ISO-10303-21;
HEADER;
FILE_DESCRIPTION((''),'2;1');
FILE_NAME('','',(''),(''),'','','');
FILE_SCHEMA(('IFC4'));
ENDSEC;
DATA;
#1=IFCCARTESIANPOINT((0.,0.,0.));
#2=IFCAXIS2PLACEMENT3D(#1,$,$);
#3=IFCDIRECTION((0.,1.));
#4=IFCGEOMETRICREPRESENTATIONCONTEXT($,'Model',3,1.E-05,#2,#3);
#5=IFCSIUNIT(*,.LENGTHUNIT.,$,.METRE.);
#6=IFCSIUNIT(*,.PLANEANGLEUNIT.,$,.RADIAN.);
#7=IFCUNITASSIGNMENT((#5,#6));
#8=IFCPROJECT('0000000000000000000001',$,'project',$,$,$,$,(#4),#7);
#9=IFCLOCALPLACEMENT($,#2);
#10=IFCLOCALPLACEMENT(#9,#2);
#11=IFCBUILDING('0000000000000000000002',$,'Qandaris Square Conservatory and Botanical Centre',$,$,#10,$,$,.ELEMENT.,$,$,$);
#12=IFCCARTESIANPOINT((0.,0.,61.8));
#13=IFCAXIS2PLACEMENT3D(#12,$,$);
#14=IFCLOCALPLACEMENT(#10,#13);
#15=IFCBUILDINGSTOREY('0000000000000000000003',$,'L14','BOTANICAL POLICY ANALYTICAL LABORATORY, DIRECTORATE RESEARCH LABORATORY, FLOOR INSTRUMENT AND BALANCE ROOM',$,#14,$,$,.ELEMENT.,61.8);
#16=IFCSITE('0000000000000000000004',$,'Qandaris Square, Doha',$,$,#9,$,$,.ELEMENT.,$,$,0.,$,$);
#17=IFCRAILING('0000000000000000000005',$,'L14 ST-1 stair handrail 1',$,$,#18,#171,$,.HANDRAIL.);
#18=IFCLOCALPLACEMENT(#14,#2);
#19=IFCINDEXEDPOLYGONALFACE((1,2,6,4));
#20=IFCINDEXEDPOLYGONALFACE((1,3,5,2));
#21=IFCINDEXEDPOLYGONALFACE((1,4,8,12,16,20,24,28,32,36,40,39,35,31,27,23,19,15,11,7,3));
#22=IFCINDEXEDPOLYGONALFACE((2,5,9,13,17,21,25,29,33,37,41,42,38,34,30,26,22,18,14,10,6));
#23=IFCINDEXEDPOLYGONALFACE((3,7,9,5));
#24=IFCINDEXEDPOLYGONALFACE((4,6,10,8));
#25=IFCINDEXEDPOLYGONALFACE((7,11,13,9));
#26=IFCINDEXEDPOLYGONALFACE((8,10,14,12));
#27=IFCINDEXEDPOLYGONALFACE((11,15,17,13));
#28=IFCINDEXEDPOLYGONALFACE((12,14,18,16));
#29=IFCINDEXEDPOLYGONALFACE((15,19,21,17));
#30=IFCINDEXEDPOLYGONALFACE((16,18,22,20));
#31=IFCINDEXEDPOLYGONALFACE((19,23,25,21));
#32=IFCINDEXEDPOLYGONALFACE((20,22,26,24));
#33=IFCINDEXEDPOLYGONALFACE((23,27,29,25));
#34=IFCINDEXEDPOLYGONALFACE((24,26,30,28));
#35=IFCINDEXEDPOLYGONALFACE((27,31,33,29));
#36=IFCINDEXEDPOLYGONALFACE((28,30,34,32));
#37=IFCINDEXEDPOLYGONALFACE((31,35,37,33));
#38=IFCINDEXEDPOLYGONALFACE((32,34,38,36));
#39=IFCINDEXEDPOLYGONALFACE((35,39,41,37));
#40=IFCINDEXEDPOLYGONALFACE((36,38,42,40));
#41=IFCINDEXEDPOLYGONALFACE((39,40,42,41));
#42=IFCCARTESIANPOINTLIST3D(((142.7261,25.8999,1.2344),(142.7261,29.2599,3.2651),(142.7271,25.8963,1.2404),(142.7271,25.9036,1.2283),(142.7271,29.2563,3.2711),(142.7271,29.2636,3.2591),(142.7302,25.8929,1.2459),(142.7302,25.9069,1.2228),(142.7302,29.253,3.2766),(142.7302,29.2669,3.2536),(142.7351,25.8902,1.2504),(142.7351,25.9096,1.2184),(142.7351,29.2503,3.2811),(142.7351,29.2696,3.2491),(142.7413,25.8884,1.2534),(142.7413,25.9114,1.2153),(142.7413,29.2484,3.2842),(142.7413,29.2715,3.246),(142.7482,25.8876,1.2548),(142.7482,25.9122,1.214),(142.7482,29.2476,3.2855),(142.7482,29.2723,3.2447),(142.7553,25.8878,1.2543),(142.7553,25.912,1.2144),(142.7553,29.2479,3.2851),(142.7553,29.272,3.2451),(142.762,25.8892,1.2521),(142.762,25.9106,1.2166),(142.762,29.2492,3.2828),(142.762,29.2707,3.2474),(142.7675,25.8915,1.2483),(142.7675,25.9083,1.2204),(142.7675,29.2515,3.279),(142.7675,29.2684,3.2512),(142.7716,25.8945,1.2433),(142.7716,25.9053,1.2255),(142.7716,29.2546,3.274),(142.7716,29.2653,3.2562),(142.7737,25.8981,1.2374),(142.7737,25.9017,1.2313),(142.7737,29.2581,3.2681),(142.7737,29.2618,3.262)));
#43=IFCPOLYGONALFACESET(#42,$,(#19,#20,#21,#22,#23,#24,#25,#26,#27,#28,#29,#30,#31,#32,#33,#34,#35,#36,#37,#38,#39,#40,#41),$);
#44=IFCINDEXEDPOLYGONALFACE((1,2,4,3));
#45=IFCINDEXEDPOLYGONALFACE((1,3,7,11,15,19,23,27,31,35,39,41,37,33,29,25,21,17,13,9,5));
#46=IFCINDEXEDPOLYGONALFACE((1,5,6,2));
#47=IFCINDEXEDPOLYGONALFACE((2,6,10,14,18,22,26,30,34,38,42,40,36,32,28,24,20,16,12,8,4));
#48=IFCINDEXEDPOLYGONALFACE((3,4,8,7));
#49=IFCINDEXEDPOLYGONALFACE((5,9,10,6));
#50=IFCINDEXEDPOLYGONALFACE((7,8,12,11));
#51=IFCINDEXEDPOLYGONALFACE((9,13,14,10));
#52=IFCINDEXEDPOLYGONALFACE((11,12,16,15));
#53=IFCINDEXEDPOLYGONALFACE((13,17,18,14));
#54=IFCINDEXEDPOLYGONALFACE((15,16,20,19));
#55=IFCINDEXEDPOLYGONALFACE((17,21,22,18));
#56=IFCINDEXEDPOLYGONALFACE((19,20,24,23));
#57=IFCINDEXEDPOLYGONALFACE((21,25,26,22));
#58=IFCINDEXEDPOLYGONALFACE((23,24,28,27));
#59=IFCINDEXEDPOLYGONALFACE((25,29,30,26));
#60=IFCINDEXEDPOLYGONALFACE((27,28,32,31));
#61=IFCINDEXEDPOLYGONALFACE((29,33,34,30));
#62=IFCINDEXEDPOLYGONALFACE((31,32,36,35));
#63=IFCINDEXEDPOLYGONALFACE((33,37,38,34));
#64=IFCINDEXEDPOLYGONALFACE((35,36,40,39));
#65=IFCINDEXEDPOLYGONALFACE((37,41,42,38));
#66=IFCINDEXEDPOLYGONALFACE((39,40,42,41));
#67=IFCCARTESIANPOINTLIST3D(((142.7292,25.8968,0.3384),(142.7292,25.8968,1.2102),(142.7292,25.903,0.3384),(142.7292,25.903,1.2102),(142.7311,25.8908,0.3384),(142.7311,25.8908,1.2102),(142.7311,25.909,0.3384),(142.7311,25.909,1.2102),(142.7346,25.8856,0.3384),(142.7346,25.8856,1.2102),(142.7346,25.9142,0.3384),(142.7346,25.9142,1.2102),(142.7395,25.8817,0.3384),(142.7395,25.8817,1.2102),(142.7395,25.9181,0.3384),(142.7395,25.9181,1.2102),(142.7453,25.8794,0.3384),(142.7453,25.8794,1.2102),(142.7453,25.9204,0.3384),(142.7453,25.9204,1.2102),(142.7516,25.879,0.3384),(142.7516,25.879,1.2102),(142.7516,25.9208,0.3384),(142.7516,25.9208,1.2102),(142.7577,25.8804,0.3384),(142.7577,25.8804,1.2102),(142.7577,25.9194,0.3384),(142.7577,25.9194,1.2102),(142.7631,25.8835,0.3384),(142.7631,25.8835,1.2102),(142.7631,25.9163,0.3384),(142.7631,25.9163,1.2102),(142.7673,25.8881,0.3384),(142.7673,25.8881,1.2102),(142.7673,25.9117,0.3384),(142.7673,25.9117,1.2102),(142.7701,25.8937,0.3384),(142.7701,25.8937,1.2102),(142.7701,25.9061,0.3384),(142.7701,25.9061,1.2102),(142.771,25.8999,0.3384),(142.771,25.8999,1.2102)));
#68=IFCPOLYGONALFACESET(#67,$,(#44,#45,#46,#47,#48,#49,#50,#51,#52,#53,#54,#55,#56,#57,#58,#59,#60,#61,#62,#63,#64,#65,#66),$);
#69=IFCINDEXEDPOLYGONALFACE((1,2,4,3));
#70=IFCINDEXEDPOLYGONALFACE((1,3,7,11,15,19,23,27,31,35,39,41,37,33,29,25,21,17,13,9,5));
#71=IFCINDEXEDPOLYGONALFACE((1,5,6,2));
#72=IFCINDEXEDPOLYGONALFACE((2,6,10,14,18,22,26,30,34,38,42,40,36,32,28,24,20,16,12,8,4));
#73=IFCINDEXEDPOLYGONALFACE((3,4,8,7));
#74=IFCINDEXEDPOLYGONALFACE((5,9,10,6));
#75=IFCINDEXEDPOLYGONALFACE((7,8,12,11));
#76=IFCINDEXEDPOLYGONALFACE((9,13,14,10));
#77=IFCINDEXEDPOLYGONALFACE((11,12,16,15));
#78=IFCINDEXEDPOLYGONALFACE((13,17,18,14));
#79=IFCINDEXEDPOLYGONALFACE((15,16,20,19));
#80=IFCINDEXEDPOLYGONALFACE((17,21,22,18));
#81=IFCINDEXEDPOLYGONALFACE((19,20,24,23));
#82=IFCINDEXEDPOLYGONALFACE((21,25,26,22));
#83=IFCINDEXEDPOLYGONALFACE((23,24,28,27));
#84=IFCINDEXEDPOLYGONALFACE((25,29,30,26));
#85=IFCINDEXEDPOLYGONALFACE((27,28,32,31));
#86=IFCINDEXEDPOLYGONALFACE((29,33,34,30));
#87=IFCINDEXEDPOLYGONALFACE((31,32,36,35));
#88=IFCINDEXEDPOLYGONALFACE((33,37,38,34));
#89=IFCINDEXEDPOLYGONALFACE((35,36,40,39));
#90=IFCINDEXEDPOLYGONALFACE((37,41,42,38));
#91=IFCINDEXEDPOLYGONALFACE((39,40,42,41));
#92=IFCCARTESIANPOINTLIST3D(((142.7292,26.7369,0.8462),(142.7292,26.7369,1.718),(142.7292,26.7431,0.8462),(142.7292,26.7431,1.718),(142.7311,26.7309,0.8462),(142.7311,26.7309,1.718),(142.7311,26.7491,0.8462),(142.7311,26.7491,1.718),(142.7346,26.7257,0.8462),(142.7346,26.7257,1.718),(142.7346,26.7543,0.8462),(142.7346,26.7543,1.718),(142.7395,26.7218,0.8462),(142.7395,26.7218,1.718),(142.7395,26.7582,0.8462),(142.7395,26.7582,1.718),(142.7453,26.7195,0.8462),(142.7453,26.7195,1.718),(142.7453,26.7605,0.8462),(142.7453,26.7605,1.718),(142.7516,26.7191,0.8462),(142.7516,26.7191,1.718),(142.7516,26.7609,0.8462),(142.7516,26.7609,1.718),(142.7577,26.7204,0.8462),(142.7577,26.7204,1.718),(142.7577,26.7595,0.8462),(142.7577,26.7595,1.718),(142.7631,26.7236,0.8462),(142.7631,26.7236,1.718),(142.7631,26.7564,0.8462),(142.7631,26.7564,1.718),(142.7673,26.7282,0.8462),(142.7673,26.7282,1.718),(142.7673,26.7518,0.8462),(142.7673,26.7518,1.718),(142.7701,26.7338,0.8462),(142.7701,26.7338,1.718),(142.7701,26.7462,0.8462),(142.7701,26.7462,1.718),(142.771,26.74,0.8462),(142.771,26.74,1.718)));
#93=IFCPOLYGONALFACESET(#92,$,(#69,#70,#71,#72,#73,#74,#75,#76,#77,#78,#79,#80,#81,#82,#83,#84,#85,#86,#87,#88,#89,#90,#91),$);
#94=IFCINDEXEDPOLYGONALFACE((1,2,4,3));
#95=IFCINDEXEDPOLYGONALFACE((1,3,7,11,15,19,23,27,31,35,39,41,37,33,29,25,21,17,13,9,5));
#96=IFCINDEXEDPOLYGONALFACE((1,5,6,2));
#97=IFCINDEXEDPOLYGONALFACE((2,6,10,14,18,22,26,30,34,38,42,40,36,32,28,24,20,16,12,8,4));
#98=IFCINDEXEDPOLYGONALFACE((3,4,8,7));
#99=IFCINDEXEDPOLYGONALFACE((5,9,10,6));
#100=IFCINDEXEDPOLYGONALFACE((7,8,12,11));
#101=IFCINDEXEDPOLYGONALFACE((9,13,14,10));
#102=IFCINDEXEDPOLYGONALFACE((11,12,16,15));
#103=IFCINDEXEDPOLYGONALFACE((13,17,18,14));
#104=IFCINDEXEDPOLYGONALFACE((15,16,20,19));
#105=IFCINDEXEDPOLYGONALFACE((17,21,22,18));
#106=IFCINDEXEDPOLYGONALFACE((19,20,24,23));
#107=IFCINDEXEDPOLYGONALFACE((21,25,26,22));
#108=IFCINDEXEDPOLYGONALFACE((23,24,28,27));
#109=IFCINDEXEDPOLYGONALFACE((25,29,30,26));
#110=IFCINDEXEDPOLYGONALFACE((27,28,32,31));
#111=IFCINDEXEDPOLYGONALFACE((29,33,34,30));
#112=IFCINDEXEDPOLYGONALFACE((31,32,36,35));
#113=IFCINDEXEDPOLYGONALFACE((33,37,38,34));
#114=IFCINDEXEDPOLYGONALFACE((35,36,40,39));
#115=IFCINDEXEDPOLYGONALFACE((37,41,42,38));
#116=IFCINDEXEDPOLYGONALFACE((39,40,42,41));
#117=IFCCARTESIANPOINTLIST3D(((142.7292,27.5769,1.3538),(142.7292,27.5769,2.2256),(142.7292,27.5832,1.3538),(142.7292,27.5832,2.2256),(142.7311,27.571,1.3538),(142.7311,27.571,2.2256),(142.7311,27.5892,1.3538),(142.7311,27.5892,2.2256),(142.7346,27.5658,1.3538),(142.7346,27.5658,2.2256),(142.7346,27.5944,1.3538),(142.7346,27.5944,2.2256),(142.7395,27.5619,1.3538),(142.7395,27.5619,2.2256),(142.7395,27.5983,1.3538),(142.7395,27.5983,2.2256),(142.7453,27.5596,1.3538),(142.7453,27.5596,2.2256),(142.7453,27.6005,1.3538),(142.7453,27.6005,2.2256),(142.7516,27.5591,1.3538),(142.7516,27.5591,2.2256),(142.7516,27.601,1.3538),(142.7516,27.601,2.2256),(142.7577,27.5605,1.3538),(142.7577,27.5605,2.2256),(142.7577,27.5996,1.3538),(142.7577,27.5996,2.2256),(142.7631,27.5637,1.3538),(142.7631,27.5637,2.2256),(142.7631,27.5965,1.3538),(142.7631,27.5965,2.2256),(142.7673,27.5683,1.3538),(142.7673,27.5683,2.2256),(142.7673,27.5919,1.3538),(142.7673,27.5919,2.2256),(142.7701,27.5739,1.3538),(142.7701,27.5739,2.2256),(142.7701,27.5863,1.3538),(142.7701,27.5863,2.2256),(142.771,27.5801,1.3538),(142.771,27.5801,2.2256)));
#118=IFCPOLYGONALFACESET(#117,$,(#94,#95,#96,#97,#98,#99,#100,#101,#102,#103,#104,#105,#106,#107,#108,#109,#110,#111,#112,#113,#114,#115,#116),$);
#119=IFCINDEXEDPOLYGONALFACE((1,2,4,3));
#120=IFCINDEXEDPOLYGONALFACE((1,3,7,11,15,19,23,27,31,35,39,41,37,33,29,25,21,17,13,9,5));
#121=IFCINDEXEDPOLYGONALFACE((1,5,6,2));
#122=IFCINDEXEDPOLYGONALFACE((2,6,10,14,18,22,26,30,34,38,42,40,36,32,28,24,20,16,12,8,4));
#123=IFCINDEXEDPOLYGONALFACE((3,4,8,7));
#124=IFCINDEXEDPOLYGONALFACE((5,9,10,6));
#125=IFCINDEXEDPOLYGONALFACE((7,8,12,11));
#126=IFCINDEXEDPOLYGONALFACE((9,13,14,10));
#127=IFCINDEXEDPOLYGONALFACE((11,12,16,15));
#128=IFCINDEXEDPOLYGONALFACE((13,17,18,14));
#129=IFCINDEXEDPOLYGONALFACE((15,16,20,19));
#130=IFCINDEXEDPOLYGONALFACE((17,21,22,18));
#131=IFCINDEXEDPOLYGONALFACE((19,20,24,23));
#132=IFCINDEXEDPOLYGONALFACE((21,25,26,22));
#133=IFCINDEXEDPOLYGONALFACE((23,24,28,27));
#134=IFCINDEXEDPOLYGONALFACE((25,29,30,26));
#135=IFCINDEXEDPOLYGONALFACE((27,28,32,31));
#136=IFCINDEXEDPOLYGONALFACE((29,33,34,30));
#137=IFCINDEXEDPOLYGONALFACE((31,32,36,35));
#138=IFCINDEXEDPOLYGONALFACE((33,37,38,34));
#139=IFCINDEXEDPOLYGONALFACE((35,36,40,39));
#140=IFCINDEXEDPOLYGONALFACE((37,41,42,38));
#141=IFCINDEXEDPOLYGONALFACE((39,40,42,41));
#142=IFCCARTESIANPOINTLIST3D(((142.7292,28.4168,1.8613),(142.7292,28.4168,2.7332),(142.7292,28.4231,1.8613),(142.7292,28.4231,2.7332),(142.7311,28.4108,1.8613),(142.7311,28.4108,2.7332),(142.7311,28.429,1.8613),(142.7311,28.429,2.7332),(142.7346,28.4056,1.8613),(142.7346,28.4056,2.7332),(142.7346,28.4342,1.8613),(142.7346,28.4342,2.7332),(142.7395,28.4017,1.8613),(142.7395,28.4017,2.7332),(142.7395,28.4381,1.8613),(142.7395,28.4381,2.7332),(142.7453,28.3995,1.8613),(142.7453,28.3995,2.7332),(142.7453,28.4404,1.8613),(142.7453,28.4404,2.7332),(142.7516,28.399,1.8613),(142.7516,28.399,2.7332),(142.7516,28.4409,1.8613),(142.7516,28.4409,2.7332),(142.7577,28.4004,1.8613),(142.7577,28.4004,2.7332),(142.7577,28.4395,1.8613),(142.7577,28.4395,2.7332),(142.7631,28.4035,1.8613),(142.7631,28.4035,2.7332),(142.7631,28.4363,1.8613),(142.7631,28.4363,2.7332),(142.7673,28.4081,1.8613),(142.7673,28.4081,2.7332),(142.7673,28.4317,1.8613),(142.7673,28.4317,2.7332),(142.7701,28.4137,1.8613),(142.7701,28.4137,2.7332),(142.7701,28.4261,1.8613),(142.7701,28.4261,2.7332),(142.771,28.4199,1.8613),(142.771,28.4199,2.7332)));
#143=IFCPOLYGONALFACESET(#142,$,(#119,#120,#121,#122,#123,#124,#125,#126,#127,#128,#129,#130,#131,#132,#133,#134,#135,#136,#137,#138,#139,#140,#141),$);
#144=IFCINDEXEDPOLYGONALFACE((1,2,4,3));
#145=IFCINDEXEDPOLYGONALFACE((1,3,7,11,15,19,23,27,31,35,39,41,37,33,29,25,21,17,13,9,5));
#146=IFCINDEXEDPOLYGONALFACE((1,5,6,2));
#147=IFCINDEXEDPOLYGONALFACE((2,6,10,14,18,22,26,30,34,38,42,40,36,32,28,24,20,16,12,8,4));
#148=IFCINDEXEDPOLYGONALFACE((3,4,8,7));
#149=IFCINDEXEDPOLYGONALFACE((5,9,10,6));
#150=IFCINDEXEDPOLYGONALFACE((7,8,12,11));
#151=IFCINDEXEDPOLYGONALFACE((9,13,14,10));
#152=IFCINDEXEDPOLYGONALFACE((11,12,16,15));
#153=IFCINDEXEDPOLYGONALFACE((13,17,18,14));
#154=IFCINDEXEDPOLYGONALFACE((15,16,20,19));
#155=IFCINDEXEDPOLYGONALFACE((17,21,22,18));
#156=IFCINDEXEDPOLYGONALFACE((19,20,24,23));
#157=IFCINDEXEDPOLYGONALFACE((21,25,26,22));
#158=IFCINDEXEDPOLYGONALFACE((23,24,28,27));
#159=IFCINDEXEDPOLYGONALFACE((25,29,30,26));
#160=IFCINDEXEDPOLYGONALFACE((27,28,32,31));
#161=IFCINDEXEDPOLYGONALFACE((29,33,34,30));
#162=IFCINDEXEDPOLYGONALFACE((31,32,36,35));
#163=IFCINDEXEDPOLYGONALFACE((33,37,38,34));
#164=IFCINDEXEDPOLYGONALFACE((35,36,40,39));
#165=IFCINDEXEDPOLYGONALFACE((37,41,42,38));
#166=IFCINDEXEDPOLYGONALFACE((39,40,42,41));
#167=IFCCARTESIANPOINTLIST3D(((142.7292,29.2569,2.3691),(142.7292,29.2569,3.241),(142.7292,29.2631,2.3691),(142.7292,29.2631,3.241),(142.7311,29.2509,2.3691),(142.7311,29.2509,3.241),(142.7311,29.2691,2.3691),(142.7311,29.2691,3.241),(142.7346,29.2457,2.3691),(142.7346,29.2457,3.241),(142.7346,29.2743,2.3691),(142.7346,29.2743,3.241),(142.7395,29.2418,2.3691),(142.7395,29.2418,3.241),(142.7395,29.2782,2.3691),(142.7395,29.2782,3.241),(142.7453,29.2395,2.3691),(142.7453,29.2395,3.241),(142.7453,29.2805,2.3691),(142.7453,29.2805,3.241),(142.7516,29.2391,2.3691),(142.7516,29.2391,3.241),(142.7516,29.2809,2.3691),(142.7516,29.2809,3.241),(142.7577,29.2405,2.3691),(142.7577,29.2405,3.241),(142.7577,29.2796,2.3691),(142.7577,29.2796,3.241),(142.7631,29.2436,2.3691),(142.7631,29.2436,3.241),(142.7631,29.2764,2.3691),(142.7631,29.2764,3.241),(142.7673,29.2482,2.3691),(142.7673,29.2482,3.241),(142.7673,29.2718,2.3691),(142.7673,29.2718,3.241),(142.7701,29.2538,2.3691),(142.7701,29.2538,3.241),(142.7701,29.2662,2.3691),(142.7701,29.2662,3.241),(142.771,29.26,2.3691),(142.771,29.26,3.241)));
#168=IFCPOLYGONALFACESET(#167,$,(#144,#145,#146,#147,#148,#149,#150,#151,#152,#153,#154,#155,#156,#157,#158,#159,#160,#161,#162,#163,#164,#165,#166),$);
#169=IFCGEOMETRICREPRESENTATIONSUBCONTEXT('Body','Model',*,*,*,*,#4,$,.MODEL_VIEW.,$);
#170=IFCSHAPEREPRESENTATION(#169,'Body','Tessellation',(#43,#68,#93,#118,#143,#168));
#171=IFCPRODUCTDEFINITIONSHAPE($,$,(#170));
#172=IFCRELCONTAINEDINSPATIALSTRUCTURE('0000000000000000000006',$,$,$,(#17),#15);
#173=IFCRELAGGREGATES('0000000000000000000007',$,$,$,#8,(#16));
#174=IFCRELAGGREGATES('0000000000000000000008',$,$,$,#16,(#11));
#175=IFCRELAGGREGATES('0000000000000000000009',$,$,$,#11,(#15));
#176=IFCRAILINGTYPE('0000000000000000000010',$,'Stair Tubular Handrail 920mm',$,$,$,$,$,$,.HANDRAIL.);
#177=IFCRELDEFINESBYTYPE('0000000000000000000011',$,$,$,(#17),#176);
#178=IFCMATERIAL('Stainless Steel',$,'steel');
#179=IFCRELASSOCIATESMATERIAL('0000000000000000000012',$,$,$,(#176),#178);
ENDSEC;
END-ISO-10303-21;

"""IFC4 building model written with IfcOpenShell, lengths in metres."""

from ifc_helpers import new_model, si_unit, direction, frame, origin, origin_2d, place, context, subcontext, project, spatial, circle, extrude, material, type_object, element, save


model = new_model("IFC4")

# Units and contexts
model_context = context("Model", 3, precision=1e-05, world=origin(), true_north=direction((0.0, 1.0)))
body_context = subcontext(model_context, "Body", "Model", "MODEL_VIEW")
ifc_project = project(units=[si_unit("LENGTHUNIT", "METRE"), si_unit("PLANEANGLEUNIT", "RADIAN")], contexts=[model_context])

# Site, building, storey
site_placement = place(None, origin())
site = spatial("IfcSite", under=ifc_project, at=site_placement, Name="Qandaris Square, Doha", CompositionType="ELEMENT", RefElevation=0.0)
building_placement = place(site_placement, origin())
building = spatial("IfcBuilding", under=site, at=building_placement, Name="Qandaris Square Conservatory and Botanical Centre", CompositionType="ELEMENT")
storey_placement = place(building_placement, frame((0.0, 0.0, 61.8)))
storey = spatial("IfcBuildingStorey", under=building, at=storey_placement, Name="L14", Description="BOTANICAL POLICY ANALYTICAL LABORATORY, DIRECTORATE RESEARCH LABORATORY, FLOOR INSTRUMENT AND BALANCE ROOM", CompositionType="ELEMENT", Elevation=61.8)

# Railing
ifc_material_1 = material(Name="Stainless Steel", Category="steel")
railing_type_1 = type_object("IfcRailingType", Name="Stair Tubular Handrail 920mm", PredefinedType="HANDRAIL", material=ifc_material_1)
railing_1_placement = place(storey_placement, frame((142.75, 25.8999, 0.3384)))
element("IfcRailing", 1, at=railing_1_placement, inside=storey, type_object=railing_type_1, Name="L14 ST-1 stair handrail 1", PredefinedType="HANDRAIL", context=body_context, shape_type="SweptSolid", body=[
    extrude(circle(Radius=0.0239, at=origin_2d()), frame((0.0, 0.0, 0.896), z_axis=(0.0, 0.855837, 0.517246), x_axis=(-1.0, 0.0, 0.0)), (0.0, 0.0, 1.0), 3.926),
    extrude(circle(Radius=0.021, at=origin_2d()), origin(), (0.0, 0.0, 1.0), 0.8718),
    extrude(circle(Radius=0.021, at=origin_2d()), frame((0.0, 0.8401, 0.5078)), (0.0, 0.0, 1.0), 0.8718),
    extrude(circle(Radius=0.021, at=origin_2d()), frame((0.0, 1.6802, 1.0154)), (0.0, 0.0, 1.0), 0.8718),
    extrude(circle(Radius=0.021, at=origin_2d()), frame((0.0, 2.52, 1.5229)), (0.0, 0.0, 1.0), 0.8718),
    extrude(circle(Radius=0.021, at=origin_2d()), frame((0.0, 3.3601, 2.0308)), (0.0, 0.0, 1.0), 0.8718),
])

save(model, "model.ifc")
